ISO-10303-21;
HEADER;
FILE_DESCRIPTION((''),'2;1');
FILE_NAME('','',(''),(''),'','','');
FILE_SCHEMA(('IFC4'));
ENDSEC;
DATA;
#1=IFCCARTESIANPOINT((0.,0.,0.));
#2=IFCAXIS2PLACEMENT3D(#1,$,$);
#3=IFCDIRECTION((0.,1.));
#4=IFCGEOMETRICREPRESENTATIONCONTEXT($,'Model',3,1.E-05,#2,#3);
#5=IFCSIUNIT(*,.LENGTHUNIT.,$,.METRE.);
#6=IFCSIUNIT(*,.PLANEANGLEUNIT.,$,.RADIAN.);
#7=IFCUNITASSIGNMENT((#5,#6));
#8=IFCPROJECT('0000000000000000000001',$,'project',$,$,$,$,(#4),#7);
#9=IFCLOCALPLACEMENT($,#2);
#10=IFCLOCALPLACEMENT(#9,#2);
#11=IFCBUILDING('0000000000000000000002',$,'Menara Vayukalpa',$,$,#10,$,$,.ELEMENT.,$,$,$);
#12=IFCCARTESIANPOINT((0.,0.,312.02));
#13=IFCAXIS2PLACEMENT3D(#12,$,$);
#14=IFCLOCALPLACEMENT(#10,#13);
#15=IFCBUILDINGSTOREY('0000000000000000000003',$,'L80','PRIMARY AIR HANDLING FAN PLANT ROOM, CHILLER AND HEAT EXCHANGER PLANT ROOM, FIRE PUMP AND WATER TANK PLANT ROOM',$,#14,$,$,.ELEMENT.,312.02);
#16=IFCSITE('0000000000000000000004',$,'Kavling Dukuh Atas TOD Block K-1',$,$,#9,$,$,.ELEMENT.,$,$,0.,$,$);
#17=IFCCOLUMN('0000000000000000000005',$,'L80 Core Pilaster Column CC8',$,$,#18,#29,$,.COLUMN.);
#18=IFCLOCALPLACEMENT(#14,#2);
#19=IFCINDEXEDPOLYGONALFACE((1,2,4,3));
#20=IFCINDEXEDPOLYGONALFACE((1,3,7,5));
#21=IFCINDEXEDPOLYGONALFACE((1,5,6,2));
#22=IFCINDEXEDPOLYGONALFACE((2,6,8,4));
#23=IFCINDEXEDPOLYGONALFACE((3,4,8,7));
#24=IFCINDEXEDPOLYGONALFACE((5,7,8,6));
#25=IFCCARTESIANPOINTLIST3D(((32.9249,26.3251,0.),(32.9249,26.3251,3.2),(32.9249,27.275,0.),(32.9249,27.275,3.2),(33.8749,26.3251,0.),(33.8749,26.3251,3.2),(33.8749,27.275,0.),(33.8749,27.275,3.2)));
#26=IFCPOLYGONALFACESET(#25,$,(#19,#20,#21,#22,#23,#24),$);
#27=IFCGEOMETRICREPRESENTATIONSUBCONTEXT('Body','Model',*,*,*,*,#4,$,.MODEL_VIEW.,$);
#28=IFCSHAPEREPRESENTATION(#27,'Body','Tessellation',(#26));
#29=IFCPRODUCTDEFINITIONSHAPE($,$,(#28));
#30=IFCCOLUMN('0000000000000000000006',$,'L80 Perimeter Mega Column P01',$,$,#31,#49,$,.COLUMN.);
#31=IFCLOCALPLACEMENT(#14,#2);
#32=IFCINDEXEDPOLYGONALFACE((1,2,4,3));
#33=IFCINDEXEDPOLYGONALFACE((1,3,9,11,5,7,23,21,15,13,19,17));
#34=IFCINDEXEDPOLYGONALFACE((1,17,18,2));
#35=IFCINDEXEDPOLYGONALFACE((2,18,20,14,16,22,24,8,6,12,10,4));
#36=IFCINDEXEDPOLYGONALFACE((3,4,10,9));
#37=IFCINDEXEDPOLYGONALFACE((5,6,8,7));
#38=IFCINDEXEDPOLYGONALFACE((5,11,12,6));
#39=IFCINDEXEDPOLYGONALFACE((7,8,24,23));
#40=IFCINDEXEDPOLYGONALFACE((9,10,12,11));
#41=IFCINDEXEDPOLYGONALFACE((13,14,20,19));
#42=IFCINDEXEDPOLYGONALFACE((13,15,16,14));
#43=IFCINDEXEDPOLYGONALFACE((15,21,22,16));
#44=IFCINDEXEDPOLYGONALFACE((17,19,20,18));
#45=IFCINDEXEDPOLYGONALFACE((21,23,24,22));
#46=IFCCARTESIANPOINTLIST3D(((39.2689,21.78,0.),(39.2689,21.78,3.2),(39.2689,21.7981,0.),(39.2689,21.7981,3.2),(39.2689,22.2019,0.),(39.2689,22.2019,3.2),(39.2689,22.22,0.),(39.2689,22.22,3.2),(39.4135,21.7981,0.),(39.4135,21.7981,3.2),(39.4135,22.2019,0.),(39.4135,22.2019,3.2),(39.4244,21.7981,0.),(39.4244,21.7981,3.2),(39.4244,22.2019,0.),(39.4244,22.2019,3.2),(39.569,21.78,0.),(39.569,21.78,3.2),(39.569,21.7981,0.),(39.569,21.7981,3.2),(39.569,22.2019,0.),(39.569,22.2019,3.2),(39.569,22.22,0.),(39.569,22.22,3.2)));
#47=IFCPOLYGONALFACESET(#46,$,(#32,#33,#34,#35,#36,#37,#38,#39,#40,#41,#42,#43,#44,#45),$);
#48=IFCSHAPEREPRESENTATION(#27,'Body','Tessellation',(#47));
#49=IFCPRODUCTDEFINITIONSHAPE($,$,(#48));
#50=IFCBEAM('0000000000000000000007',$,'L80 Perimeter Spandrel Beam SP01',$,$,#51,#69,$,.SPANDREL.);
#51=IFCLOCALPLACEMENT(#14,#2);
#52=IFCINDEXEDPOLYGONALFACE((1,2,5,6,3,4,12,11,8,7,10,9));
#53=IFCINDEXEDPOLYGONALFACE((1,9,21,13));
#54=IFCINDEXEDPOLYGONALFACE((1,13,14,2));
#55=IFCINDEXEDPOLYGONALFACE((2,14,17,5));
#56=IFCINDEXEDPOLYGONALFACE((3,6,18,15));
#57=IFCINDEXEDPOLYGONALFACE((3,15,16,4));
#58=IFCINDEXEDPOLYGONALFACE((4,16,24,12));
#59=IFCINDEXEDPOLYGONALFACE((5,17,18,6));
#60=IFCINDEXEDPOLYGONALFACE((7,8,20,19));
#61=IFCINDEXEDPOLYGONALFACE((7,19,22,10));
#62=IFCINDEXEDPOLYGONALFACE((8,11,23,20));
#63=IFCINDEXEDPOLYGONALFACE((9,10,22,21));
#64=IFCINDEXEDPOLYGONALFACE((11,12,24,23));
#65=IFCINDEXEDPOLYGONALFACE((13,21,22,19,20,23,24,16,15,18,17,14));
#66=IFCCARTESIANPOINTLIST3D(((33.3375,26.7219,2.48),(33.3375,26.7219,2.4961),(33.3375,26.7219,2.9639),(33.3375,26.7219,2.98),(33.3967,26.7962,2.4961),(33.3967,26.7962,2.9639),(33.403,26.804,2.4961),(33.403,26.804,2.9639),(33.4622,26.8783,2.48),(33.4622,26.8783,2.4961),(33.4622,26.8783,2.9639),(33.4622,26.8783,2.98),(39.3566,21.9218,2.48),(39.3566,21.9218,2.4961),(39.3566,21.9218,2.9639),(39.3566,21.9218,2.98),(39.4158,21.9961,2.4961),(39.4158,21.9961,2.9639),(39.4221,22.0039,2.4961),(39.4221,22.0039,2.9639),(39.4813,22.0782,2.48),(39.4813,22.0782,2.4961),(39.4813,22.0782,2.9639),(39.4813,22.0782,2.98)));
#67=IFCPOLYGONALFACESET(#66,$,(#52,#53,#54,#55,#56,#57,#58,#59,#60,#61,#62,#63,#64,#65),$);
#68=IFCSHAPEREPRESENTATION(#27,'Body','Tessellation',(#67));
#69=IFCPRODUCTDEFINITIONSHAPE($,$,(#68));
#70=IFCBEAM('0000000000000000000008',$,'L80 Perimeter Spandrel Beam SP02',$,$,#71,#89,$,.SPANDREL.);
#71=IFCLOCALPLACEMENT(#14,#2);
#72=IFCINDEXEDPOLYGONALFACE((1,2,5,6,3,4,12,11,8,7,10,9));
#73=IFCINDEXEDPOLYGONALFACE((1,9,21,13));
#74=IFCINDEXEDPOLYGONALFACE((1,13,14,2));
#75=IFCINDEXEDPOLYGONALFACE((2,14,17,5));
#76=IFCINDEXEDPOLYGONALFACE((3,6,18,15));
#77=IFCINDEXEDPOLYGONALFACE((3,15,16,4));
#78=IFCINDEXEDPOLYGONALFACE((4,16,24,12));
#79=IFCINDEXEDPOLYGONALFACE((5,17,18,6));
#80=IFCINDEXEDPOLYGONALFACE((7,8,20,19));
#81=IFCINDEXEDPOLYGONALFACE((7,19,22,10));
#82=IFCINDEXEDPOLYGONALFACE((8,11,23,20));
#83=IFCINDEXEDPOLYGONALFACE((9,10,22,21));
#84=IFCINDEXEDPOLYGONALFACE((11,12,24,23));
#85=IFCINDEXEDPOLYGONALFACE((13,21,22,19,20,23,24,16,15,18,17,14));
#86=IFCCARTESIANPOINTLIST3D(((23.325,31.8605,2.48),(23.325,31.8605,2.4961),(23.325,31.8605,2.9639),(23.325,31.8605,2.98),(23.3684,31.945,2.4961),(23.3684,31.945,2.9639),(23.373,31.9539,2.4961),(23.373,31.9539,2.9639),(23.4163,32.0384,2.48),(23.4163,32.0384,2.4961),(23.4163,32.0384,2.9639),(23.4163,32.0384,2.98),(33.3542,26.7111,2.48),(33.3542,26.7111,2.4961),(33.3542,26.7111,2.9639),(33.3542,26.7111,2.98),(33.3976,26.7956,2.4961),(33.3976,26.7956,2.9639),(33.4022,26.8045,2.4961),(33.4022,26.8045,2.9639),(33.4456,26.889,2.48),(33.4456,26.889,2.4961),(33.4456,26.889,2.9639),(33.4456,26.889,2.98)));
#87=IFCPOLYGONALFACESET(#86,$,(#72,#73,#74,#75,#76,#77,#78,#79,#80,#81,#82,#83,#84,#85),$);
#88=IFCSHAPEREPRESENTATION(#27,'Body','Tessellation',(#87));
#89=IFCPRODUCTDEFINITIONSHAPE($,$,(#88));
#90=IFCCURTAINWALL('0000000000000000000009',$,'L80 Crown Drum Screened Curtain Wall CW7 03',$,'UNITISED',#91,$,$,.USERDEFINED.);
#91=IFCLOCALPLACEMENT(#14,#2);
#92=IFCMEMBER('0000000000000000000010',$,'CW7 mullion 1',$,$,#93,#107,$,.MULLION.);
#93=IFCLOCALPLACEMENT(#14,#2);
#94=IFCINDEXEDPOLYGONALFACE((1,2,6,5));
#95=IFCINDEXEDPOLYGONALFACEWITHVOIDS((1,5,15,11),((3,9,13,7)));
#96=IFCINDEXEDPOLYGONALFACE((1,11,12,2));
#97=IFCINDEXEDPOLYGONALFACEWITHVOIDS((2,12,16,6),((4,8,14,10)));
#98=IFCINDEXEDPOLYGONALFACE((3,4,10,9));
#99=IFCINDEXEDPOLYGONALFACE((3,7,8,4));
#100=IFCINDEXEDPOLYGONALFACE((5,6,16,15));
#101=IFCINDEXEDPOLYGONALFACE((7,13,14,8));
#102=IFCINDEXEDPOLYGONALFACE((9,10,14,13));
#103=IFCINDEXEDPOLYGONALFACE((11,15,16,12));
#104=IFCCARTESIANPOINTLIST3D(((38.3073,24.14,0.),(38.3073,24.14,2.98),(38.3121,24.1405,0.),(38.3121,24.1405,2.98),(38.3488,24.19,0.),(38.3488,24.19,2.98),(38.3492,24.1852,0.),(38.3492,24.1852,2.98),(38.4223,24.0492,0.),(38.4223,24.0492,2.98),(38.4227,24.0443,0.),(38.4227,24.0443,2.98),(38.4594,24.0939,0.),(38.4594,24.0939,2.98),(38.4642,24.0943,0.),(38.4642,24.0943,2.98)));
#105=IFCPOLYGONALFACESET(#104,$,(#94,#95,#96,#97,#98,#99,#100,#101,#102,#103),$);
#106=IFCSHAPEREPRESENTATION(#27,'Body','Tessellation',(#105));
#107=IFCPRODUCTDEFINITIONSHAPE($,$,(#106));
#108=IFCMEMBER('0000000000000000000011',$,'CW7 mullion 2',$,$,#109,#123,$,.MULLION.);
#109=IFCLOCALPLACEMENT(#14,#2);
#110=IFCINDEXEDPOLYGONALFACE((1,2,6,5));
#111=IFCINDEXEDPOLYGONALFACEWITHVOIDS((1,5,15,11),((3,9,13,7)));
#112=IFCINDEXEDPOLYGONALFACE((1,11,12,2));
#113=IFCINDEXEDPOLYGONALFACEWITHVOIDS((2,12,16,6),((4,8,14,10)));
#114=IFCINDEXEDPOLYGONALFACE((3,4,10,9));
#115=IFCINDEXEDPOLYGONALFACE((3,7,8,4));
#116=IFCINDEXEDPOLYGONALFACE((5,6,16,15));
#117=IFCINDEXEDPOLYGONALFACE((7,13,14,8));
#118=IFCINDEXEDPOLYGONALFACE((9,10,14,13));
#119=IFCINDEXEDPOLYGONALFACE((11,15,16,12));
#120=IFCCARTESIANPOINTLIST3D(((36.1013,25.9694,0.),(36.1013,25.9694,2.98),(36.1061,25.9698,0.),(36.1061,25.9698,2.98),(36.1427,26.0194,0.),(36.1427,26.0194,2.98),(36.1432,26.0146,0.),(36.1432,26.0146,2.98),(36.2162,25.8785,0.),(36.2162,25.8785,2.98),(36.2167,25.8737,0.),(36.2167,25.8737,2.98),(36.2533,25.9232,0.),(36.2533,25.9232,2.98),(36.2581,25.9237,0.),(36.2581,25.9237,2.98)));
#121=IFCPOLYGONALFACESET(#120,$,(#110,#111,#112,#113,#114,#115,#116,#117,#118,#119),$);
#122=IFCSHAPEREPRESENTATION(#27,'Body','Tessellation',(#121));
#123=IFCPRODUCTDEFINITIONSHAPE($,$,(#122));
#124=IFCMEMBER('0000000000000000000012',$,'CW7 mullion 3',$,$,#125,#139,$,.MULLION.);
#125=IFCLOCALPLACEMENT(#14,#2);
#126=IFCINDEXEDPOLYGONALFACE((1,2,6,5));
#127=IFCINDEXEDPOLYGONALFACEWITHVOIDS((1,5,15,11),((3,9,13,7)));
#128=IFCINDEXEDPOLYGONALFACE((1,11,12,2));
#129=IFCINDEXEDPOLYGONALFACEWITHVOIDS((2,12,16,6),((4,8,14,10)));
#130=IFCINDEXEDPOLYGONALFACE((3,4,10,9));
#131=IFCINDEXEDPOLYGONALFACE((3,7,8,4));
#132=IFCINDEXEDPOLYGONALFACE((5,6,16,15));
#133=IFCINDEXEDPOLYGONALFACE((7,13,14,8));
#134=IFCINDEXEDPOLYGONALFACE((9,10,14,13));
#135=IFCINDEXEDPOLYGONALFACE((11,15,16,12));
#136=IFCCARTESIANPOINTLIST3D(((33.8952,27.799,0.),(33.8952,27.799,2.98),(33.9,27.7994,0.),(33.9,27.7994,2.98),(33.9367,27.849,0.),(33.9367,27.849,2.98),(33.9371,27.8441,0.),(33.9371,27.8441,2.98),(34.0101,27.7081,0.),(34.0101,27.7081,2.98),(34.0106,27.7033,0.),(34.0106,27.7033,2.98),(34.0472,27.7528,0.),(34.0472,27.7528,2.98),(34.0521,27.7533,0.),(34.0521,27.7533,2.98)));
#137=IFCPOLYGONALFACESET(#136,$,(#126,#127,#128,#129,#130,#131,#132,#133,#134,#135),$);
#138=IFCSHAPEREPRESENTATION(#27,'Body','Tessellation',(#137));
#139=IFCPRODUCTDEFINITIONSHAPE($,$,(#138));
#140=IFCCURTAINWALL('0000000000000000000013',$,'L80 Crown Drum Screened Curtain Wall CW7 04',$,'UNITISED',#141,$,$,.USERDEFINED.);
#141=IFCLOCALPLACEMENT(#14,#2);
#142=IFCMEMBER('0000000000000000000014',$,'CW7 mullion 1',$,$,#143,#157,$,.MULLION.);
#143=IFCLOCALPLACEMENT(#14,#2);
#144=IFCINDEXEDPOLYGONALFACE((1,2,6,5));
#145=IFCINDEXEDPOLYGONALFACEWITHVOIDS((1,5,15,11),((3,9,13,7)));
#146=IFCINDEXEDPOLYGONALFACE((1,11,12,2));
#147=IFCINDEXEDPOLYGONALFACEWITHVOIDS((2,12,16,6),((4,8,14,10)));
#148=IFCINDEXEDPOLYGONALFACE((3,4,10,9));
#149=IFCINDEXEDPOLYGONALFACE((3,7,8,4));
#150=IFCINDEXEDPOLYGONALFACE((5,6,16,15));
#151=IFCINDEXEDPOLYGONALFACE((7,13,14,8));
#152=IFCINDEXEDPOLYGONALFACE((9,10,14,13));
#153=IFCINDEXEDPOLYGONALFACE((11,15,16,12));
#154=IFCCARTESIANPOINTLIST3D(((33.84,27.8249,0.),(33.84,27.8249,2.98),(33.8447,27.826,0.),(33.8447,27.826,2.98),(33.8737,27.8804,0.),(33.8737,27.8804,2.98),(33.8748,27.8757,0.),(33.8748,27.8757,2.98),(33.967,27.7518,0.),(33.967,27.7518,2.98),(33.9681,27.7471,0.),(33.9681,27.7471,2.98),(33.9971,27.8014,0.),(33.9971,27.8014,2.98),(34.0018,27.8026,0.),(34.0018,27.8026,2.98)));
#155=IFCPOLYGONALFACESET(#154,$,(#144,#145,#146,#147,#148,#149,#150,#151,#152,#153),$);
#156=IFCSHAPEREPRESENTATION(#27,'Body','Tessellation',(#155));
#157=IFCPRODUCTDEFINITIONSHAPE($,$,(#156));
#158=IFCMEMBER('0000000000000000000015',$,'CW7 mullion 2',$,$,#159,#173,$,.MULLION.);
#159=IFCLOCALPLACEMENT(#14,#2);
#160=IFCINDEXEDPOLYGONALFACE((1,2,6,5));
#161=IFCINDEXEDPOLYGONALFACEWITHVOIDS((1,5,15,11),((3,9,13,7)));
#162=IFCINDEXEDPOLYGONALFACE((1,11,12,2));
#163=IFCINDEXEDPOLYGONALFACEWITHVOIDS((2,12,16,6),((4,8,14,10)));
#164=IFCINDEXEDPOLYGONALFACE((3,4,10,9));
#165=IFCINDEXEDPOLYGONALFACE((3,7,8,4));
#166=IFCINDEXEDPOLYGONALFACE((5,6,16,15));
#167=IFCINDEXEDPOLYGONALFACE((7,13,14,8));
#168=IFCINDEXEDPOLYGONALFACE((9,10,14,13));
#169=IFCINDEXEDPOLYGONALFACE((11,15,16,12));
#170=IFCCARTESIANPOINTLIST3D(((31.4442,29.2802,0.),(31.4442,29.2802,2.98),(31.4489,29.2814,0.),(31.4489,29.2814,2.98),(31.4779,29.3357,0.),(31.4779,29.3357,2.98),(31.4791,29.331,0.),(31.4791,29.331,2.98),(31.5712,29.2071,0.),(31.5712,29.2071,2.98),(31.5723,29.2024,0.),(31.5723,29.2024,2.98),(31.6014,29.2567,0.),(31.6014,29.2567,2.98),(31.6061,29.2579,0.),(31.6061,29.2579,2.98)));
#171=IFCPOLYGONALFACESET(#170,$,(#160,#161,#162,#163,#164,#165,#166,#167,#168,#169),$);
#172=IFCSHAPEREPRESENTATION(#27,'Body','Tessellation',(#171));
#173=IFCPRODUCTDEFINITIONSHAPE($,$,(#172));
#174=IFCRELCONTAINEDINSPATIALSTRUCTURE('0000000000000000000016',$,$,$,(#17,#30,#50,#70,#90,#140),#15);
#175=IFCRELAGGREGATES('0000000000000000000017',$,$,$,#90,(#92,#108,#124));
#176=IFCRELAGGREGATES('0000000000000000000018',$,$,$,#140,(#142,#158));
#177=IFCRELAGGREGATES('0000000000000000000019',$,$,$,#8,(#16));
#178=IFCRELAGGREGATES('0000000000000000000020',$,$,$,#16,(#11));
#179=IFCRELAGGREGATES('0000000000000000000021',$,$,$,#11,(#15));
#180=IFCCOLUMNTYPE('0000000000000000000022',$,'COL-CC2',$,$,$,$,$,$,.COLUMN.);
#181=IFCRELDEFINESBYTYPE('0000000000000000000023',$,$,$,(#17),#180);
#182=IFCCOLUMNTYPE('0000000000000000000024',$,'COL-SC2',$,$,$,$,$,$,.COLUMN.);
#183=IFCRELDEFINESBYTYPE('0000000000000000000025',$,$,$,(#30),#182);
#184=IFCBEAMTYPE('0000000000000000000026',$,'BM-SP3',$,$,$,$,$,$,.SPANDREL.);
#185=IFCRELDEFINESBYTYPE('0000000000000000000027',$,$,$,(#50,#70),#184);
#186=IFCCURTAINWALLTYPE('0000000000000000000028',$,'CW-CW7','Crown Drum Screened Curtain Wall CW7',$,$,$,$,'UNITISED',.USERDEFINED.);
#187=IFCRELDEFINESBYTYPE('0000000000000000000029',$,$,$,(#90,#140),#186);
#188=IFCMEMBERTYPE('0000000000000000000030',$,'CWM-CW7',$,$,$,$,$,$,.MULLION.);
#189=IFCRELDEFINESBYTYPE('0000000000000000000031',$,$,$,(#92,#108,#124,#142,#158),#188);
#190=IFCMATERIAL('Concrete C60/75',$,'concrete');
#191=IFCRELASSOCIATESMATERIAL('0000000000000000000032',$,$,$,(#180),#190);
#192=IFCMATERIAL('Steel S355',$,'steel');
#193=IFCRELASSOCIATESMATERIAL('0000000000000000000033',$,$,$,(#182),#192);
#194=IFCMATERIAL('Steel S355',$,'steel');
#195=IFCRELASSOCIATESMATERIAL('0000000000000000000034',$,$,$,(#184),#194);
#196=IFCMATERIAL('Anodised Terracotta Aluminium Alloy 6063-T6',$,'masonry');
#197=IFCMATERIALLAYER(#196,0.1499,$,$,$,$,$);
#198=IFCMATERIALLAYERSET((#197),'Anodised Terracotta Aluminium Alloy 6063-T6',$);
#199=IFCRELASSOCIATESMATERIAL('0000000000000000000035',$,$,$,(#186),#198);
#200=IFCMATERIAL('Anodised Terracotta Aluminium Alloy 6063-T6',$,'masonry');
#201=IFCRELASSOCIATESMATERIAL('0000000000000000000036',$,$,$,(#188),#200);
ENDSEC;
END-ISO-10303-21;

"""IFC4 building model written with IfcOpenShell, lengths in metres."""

from ifc_helpers import new_model, si_unit, direction, frame, origin, origin_2d, place, context, subcontext, project, spatial, rectangle, hollow_rectangle, i_section, extrude, material, layer, layer_set, material_profile, profile_set, type_object, element, aggregate, save


model = new_model("IFC4")

# Units and contexts
model_context = context("Model", 3, precision=1e-05, world=origin(), true_north=direction((0.0, 1.0)))
body_context = subcontext(model_context, "Body", "Model", "MODEL_VIEW")
ifc_project = project(units=[si_unit("LENGTHUNIT", "METRE"), si_unit("PLANEANGLEUNIT", "RADIAN")], contexts=[model_context])

# Site, building, storey
site_placement = place(None, origin())
site = spatial("IfcSite", under=ifc_project, at=site_placement, Name="Kavling Dukuh Atas TOD Block K-1", CompositionType="ELEMENT", RefElevation=0.0)
building_placement = place(site_placement, origin())
building = spatial("IfcBuilding", under=site, at=building_placement, Name="Menara Vayukalpa", CompositionType="ELEMENT")
storey_placement = place(building_placement, frame((0.0, 0.0, 312.02)))
storey = spatial("IfcBuildingStorey", under=building, at=storey_placement, Name="L80", Description="PRIMARY AIR HANDLING FAN PLANT ROOM, CHILLER AND HEAT EXCHANGER PLANT ROOM, FIRE PUMP AND WATER TANK PLANT ROOM", CompositionType="ELEMENT", Elevation=312.02)

# Columns
ifc_material_1 = material(Name="Concrete C60/75", Category="concrete")
ifc_material_profile_1 = material_profile(ifc_material_1, rectangle(XDim=0.95, YDim=0.95, at=origin_2d()), Name="RC 950x950")
ifc_profile_set_1 = profile_set([ifc_material_profile_1], Name="Concrete C60/75")
column_type_1 = type_object("IfcColumnType", Name="COL-CC2", PredefinedType="COLUMN", material=ifc_profile_set_1)
column_1_placement = place(storey_placement, frame((33.3999, 26.8, 0.0), z_axis=(0.0, 0.0, 1.0), x_axis=(1.0, 0.0, 0.0)))
element("IfcColumn", 1, at=column_1_placement, inside=storey, type_object=column_type_1, Name="L80 Core Pilaster Column CC8", PredefinedType="COLUMN", context=body_context, shape_type="SweptSolid", body=[
    extrude(rectangle(XDim=0.95, YDim=0.95, at=origin_2d()), origin(), (0.0, 0.0, 1.0), 3.2),
])
ifc_material_2 = material(Name="Steel S355", Category="steel")
ifc_material_profile_2 = material_profile(ifc_material_2, i_section(OverallWidth=0.3, OverallDepth=0.4399, WebThickness=0.011, FlangeThickness=0.0181, at=origin_2d()), Name="H 440x300x11x18")
ifc_profile_set_2 = profile_set([ifc_material_profile_2], Name="Steel S355")
column_type_2 = type_object("IfcColumnType", Name="COL-SC2", PredefinedType="COLUMN", material=ifc_profile_set_2)
column_2_placement = place(storey_placement, frame((39.4189, 22.0, 0.0), z_axis=(0.0, 0.0, 1.0), x_axis=(1.0, 0.0, 0.0)))
element("IfcColumn", 2, at=column_2_placement, inside=storey, type_object=column_type_2, Name="L80 Perimeter Mega Column P01", PredefinedType="COLUMN", context=body_context, shape_type="SweptSolid", body=[
    extrude(i_section(OverallWidth=0.3, OverallDepth=0.4399, WebThickness=0.011, FlangeThickness=0.0181, at=origin_2d()), origin(), (0.0, 0.0, 1.0), 3.2),
])

# Beams
ifc_material_3 = material(Name="Steel S355", Category="steel")
ifc_material_profile_3 = material_profile(ifc_material_3, i_section(OverallWidth=0.2, OverallDepth=0.5, WebThickness=0.01, FlangeThickness=0.0161, at=origin_2d()), Name="WF 500x200x10x16")
ifc_profile_set_3 = profile_set([ifc_material_profile_3], Name="Steel S355")
beam_type = type_object("IfcBeamType", Name="BM-SP3", PredefinedType="SPANDREL", material=ifc_profile_set_3)
beam_1_placement = place(storey_placement, frame((39.4189, 22.0, 2.73), z_axis=(-0.78183, 0.623492, 0.0), x_axis=(-0.623492, -0.78183, 0.0)))
element("IfcBeam", 3, at=beam_1_placement, inside=storey, type_object=beam_type, Name="L80 Perimeter Spandrel Beam SP01", PredefinedType="SPANDREL", context=body_context, shape_type="SweptSolid", body=[
    extrude(i_section(OverallWidth=0.2, OverallDepth=0.5, WebThickness=0.01, FlangeThickness=0.0161, at=origin_2d()), origin(), (0.0, 0.0, 1.0), 7.6987),
])
beam_2_placement = place(storey_placement, frame((33.3999, 26.8, 2.73), z_axis=(-0.889595, 0.456751, 0.0), x_axis=(-0.456751, -0.889595, 0.0)))
element("IfcBeam", 4, at=beam_2_placement, inside=storey, type_object=beam_type, Name="L80 Perimeter Spandrel Beam SP02", PredefinedType="SPANDREL", context=body_context, shape_type="SweptSolid", body=[
    extrude(i_section(OverallWidth=0.2, OverallDepth=0.5, WebThickness=0.01, FlangeThickness=0.0161, at=origin_2d()), origin(), (0.0, 0.0, 1.0), 11.2739),
])

# Curtain walls, members
ifc_material_4 = material(Name="Anodised Terracotta Aluminium Alloy 6063-T6", Category="masonry")
ifc_layer_1 = layer(ifc_material_4, 0.1499)
ifc_layer_set_1 = layer_set([ifc_layer_1], Name="Anodised Terracotta Aluminium Alloy 6063-T6")
curtain_wall_type = type_object("IfcCurtainWallType", Name="CW-CW7", Description="Crown Drum Screened Curtain Wall CW7", ElementType="UNITISED", PredefinedType="USERDEFINED", material=ifc_layer_set_1)
curtain_wall_1_placement = place(storey_placement, origin())
curtain_wall_1 = element("IfcCurtainWall", 5, at=curtain_wall_1_placement, inside=storey, type_object=curtain_wall_type, Name="L80 Crown Drum Screened Curtain Wall CW7 03", ObjectType="UNITISED", PredefinedType="USERDEFINED")
ifc_material_5 = material(Name="Anodised Terracotta Aluminium Alloy 6063-T6", Category="masonry")
ifc_material_profile_4 = material_profile(ifc_material_5, hollow_rectangle(XDim=0.0649, YDim=0.1499, WallThickness=0.0034, at=origin_2d()), Name="ALU 65x150x3.5")
ifc_profile_set_4 = profile_set([ifc_material_profile_4], Name="Anodised Terracotta Aluminium Alloy 6063-T6")
member_type_1 = type_object("IfcMemberType", Name="CWM-CW7", PredefinedType="MULLION", material=ifc_profile_set_4)
member_1_placement = place(storey_placement, frame((38.3857, 24.1172, 0.0), z_axis=(0.0, 0.0, 1.0), x_axis=(-0.638347, -0.769749, 0.0)))
member_1 = element("IfcMember", 6, at=member_1_placement, type_object=member_type_1, Name="CW7 mullion 1", PredefinedType="MULLION", context=body_context, shape_type="SweptSolid", body=[
    extrude(hollow_rectangle(XDim=0.0649, YDim=0.1499, WallThickness=0.0034, at=origin_2d()), origin(), (0.0, 0.0, 1.0), 2.98),
])
member_2_placement = place(storey_placement, frame((36.1797, 25.9465, 0.0), z_axis=(0.0, 0.0, 1.0), x_axis=(-0.638347, -0.769749, 0.0)))
member_2 = element("IfcMember", 7, at=member_2_placement, type_object=member_type_1, Name="CW7 mullion 2", PredefinedType="MULLION", context=body_context, shape_type="SweptSolid", body=[
    extrude(hollow_rectangle(XDim=0.0649, YDim=0.1499, WallThickness=0.0034, at=origin_2d()), origin(), (0.0, 0.0, 1.0), 2.98),
])
member_3_placement = place(storey_placement, frame((33.9736, 27.7761, 0.0), z_axis=(0.0, 0.0, 1.0), x_axis=(-0.638347, -0.769749, 0.0)))
member_3 = element("IfcMember", 8, at=member_3_placement, type_object=member_type_1, Name="CW7 mullion 3", PredefinedType="MULLION", context=body_context, shape_type="SweptSolid", body=[
    extrude(hollow_rectangle(XDim=0.0649, YDim=0.1499, WallThickness=0.0034, at=origin_2d()), origin(), (0.0, 0.0, 1.0), 2.98),
])
curtain_wall_2_placement = place(storey_placement, origin())
curtain_wall_2 = element("IfcCurtainWall", 9, at=curtain_wall_2_placement, inside=storey, type_object=curtain_wall_type, Name="L80 Crown Drum Screened Curtain Wall CW7 04", ObjectType="UNITISED", PredefinedType="USERDEFINED")
member_4_placement = place(storey_placement, frame((33.9209, 27.8137, 0.0), z_axis=(0.0, 0.0, 1.0), x_axis=(-0.519176, -0.854667, 0.0)))
member_4 = element("IfcMember", 10, at=member_4_placement, type_object=member_type_1, Name="CW7 mullion 1", PredefinedType="MULLION", context=body_context, shape_type="SweptSolid", body=[
    extrude(hollow_rectangle(XDim=0.0649, YDim=0.1499, WallThickness=0.0034, at=origin_2d()), origin(), (0.0, 0.0, 1.0), 2.98),
])
member_5_placement = place(storey_placement, frame((31.5251, 29.269, 0.0), z_axis=(0.0, 0.0, 1.0), x_axis=(-0.519176, -0.854667, 0.0)))
member_5 = element("IfcMember", 11, at=member_5_placement, type_object=member_type_1, Name="CW7 mullion 2", PredefinedType="MULLION", context=body_context, shape_type="SweptSolid", body=[
    extrude(hollow_rectangle(XDim=0.0649, YDim=0.1499, WallThickness=0.0034, at=origin_2d()), origin(), (0.0, 0.0, 1.0), 2.98),
])

aggregate(curtain_wall_1, [member_1, member_2, member_3])
aggregate(curtain_wall_2, [member_4, member_5])

save(model, "model.ifc")
